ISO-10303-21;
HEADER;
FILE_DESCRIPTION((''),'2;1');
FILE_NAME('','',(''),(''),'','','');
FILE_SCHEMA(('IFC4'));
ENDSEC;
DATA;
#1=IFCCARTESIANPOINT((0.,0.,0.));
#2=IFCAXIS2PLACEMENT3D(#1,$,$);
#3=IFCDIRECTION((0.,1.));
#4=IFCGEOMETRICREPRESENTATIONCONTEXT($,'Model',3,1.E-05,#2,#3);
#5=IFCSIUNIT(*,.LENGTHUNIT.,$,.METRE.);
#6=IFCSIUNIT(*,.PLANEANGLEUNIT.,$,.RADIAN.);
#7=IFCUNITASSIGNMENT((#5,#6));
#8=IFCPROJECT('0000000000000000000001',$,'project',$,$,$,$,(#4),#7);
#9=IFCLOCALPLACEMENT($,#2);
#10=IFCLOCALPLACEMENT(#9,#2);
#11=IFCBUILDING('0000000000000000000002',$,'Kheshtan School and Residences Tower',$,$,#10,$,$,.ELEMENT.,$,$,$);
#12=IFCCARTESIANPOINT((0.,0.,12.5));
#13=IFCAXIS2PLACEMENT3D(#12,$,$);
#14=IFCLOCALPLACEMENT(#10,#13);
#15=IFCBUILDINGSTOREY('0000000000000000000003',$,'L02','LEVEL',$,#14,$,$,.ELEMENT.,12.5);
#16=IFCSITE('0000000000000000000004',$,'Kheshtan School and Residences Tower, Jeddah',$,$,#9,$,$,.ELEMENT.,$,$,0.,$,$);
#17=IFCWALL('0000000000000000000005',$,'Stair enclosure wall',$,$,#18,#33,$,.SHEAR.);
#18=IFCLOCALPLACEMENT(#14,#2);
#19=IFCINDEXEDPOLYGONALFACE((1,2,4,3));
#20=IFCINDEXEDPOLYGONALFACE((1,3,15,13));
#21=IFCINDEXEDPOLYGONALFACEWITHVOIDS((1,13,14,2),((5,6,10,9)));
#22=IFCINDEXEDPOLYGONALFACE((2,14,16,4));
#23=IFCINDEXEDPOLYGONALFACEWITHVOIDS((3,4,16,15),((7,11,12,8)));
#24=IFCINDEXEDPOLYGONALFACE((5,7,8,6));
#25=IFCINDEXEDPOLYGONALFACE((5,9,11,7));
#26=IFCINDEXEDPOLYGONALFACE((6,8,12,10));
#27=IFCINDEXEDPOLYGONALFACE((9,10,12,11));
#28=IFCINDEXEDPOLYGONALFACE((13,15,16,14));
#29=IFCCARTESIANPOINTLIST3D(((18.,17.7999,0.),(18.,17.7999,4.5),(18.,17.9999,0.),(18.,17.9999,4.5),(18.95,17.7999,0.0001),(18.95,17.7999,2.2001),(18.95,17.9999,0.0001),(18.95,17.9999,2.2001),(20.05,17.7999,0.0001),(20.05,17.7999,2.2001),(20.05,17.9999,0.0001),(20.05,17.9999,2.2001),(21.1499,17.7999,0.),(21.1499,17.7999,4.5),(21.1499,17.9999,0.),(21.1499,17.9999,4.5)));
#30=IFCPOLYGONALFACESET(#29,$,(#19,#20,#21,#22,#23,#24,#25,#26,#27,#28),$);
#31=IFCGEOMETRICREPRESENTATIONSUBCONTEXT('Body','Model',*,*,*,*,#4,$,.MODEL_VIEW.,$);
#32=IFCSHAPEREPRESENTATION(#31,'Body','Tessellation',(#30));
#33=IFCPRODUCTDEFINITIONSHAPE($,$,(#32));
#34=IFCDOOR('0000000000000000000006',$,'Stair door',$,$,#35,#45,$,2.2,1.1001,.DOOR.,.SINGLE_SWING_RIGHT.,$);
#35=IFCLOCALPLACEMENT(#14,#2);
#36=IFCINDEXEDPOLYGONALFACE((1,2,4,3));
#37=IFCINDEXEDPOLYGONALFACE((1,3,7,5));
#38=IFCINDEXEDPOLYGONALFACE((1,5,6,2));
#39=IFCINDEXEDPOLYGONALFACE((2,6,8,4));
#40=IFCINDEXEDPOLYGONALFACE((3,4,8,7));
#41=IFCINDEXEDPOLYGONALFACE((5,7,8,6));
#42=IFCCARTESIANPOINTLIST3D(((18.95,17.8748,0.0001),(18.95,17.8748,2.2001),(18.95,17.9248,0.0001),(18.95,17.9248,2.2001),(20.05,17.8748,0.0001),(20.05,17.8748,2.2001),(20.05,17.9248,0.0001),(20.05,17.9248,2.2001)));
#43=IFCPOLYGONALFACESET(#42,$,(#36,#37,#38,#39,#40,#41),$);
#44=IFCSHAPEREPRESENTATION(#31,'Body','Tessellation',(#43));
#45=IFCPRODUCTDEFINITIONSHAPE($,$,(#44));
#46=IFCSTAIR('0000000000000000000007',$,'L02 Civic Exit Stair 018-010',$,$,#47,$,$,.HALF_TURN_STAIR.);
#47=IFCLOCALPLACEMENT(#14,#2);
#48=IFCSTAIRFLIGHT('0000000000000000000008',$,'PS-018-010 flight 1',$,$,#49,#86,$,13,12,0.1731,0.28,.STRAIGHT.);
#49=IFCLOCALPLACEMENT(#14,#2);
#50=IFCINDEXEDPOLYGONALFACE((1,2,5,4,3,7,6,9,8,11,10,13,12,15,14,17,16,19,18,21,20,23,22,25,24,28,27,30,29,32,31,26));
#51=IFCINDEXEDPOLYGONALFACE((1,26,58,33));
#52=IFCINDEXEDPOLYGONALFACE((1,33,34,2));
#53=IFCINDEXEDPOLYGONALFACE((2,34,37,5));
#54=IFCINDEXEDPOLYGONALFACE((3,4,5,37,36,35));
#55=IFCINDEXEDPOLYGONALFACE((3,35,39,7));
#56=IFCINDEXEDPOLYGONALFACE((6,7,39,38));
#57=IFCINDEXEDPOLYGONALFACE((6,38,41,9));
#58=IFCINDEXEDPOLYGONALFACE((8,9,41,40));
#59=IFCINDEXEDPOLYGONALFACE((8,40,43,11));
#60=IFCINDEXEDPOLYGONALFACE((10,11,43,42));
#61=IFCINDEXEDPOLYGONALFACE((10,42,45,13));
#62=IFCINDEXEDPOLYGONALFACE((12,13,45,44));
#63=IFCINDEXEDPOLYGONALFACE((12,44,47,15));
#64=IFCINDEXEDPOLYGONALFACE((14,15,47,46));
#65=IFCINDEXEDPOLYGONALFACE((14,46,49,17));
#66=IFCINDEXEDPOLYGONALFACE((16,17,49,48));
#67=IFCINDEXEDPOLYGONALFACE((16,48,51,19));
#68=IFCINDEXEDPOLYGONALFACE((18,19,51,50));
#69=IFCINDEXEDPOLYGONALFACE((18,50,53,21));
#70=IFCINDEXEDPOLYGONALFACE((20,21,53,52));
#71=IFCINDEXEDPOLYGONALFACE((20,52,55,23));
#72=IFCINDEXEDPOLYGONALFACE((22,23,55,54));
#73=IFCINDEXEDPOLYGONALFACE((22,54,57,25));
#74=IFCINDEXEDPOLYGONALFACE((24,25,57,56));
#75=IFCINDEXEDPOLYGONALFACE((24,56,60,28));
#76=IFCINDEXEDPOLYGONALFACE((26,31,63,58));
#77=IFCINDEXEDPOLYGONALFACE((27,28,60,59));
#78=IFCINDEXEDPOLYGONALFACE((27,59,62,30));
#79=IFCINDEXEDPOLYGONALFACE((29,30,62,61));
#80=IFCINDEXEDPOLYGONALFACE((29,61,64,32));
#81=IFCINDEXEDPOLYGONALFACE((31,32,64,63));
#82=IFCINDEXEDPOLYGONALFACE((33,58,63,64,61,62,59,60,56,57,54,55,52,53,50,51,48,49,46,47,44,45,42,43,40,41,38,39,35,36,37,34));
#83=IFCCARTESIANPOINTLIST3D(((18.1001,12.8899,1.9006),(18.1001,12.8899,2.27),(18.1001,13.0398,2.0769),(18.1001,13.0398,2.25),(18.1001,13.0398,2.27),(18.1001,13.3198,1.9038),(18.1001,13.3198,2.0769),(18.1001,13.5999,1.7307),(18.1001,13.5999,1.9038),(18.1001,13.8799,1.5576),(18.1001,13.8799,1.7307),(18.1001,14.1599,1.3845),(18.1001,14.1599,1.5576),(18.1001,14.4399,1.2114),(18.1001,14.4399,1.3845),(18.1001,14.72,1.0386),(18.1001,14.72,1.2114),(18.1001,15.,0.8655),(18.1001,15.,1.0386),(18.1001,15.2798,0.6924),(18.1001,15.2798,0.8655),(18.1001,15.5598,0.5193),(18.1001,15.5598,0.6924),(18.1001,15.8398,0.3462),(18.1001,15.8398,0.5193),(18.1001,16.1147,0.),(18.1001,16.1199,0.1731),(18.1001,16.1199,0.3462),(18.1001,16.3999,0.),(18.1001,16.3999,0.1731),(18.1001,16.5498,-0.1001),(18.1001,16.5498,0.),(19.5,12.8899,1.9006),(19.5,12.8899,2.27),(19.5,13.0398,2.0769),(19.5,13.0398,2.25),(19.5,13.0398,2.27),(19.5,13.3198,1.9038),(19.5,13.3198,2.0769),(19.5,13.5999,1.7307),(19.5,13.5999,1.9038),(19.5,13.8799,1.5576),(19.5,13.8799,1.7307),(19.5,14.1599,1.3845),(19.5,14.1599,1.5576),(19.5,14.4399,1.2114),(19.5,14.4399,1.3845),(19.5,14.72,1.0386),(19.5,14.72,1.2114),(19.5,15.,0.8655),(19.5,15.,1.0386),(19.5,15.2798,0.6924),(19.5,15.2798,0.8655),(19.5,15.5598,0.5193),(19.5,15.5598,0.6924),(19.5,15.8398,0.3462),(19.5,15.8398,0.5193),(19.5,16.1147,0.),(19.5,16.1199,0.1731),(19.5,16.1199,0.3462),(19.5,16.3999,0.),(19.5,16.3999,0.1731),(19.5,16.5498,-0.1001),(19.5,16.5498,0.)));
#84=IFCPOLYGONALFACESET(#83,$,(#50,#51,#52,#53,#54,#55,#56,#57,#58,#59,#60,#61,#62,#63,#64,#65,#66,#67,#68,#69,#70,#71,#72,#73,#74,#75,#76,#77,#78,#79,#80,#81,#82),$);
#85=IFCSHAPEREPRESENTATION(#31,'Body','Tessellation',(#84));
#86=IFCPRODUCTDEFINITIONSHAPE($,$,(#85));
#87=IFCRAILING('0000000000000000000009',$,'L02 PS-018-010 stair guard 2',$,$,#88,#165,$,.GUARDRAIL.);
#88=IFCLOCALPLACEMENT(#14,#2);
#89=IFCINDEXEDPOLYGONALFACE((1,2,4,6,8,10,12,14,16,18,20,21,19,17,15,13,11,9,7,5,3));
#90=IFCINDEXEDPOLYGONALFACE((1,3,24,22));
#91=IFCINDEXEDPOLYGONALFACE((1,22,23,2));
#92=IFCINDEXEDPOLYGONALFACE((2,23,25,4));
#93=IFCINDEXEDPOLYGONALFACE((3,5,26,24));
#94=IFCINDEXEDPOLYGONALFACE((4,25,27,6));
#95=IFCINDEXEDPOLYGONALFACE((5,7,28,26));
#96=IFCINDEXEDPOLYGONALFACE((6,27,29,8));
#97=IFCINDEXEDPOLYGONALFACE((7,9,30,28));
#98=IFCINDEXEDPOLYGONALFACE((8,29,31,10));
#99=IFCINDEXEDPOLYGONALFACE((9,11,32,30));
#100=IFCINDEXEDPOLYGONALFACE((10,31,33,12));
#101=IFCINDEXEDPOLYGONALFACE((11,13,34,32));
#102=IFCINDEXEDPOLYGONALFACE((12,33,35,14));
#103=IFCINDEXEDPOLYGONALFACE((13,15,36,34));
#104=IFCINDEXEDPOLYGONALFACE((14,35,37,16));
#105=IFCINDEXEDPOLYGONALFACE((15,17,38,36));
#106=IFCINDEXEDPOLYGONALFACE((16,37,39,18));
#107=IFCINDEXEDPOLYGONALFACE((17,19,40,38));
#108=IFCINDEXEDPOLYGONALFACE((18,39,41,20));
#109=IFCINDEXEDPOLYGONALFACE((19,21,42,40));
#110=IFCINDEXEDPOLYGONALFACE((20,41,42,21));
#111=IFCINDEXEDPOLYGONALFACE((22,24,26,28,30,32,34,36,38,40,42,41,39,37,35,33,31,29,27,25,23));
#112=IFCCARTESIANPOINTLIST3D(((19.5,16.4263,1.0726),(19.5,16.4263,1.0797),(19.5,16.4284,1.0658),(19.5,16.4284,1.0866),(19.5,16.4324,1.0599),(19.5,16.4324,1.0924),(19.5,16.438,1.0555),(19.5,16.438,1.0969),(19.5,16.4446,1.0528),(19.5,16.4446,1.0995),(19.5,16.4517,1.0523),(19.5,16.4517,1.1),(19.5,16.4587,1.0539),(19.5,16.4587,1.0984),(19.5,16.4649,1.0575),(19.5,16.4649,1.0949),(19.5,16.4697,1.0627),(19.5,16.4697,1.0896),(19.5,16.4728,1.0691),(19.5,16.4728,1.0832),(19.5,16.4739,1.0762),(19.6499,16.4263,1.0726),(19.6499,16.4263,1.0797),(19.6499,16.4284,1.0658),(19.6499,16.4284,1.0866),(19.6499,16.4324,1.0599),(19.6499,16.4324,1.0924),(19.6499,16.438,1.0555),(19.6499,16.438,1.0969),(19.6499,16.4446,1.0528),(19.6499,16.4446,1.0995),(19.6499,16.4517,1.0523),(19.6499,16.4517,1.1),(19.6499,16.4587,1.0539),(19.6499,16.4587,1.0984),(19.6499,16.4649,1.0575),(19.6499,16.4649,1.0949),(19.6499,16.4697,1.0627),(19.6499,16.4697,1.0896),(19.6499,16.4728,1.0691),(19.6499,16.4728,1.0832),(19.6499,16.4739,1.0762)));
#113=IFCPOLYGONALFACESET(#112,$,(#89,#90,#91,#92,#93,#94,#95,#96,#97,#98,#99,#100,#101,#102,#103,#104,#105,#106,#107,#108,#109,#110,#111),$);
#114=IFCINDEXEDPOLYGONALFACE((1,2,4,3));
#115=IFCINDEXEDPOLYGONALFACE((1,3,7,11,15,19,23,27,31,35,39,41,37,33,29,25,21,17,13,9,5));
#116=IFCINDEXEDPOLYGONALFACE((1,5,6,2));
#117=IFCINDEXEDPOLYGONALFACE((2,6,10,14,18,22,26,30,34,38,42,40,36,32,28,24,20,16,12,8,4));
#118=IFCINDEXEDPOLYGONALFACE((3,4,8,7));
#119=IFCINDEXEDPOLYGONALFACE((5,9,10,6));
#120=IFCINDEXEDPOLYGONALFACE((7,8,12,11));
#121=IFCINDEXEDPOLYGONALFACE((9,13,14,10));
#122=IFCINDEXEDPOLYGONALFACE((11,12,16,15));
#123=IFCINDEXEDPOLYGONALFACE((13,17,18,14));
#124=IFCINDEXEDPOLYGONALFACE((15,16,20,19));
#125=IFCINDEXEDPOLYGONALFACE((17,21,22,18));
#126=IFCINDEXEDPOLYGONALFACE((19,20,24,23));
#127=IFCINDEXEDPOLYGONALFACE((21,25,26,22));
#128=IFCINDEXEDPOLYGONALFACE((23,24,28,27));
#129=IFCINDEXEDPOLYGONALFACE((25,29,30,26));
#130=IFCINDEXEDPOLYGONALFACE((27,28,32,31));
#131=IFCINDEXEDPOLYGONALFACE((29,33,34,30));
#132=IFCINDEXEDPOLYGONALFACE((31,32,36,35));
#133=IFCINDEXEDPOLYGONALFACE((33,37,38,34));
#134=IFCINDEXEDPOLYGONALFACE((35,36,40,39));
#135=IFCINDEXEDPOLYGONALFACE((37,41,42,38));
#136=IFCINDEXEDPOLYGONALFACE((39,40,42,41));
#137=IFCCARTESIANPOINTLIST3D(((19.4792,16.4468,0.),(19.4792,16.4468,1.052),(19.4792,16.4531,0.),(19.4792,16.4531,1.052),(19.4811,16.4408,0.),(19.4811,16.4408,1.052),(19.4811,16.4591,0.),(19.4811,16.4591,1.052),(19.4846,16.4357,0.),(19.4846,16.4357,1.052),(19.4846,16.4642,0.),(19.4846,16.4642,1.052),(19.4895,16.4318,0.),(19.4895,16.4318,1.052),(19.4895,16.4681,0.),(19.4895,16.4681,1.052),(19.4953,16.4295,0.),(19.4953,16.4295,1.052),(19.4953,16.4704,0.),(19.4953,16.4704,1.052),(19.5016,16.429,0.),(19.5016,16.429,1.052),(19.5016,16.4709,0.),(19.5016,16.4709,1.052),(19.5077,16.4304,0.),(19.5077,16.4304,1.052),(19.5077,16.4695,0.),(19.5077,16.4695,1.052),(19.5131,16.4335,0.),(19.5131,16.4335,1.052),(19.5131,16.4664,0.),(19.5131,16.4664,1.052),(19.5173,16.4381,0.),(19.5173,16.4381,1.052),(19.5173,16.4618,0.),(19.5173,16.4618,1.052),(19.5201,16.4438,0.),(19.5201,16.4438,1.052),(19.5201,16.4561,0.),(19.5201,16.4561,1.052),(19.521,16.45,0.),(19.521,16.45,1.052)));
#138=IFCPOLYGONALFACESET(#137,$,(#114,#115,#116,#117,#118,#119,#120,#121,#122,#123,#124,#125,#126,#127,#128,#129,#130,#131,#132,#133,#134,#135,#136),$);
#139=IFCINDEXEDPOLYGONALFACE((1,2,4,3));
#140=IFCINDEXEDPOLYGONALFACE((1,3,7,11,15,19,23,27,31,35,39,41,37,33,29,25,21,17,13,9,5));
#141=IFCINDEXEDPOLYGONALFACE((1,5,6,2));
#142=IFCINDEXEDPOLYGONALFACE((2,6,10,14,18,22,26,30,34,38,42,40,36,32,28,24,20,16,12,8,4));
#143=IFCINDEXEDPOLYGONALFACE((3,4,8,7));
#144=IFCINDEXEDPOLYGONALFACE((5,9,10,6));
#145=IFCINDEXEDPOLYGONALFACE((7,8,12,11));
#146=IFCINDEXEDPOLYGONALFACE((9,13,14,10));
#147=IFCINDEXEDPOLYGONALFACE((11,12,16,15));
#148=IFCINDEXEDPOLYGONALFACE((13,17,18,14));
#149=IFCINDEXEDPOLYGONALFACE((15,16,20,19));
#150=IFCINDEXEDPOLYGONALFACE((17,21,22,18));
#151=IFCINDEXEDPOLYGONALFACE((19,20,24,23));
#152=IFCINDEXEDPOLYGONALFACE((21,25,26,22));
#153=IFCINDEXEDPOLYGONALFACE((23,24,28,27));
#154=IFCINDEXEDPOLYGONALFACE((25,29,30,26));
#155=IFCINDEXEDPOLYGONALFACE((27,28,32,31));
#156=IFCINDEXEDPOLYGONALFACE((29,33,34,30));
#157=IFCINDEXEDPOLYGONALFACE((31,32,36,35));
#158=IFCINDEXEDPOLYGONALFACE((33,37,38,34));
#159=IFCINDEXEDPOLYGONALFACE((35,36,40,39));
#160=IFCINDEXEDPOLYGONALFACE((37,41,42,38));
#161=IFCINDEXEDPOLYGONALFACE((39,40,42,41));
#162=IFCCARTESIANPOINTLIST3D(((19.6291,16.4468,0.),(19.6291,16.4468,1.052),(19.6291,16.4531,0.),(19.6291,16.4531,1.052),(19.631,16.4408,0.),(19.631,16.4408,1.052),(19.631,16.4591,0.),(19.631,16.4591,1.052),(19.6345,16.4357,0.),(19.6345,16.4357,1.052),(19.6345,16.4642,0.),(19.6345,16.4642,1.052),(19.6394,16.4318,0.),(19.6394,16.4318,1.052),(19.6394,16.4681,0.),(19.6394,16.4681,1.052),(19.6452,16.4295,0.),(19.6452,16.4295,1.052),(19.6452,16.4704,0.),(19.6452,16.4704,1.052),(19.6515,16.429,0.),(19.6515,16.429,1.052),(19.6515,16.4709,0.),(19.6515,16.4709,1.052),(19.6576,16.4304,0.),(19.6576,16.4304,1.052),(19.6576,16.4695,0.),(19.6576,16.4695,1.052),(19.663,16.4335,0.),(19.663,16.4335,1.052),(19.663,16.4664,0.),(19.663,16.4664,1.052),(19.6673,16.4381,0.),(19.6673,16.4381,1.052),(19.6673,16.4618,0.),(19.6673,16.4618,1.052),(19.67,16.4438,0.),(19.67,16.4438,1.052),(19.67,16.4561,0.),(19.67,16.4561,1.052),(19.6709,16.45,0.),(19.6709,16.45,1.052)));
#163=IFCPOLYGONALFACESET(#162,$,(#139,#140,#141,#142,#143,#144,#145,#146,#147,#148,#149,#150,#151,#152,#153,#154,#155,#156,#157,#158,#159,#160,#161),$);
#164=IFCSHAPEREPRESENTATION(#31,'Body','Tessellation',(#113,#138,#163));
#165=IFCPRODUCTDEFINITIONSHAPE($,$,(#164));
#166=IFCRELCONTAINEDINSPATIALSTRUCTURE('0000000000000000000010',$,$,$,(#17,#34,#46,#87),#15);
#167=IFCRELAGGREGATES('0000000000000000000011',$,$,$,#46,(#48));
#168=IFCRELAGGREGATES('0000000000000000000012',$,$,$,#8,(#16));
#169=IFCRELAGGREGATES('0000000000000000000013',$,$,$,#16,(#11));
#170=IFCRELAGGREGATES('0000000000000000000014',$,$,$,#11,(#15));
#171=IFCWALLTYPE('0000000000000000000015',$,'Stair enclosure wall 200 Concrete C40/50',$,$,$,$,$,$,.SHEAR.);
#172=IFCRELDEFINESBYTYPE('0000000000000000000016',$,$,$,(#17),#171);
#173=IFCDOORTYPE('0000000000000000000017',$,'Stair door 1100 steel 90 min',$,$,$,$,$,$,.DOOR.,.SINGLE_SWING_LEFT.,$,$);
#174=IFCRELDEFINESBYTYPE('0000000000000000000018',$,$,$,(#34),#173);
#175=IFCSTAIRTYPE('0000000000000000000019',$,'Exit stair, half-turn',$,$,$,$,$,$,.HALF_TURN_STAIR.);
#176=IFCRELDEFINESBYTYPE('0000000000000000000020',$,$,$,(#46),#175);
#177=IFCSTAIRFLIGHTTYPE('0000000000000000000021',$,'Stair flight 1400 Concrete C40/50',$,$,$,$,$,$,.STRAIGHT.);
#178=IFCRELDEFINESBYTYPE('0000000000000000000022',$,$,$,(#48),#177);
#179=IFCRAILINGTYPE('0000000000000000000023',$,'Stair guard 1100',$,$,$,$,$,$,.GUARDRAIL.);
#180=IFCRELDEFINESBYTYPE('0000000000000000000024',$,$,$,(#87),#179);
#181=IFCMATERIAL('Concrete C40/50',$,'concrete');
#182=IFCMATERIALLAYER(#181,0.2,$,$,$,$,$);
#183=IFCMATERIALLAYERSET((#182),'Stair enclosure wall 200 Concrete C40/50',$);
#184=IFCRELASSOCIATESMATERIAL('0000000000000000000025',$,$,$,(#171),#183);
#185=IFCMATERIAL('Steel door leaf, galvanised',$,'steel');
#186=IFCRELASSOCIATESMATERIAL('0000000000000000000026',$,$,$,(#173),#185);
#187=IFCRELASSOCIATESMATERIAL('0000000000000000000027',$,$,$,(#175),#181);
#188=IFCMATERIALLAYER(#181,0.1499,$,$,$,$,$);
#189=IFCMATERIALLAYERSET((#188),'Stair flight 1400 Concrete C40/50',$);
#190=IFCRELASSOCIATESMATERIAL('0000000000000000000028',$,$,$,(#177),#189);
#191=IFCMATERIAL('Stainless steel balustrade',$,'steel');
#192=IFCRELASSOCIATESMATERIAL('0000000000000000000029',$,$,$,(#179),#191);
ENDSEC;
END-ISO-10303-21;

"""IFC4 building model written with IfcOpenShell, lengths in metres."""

from ifc_helpers import new_model, si_unit, direction, frame, frame_2d, origin, origin_2d, place, context, subcontext, project, spatial, polyline, rectangle, circle, outline, extrude, source, transform, mapped, material, layer, layer_set, type_object, element, fill, aggregate, save


model = new_model("IFC4")

# Units and contexts
model_context = context("Model", 3, precision=1e-05, world=origin(), true_north=direction((0.0, 1.0)))
body_context = subcontext(model_context, "Body", "Model", "MODEL_VIEW")
ifc_project = project(units=[si_unit("LENGTHUNIT", "METRE"), si_unit("PLANEANGLEUNIT", "RADIAN")], contexts=[model_context])

# Site, building, storey
site_placement = place(None, origin())
site = spatial("IfcSite", under=ifc_project, at=site_placement, Name="Kheshtan School and Residences Tower, Jeddah", CompositionType="ELEMENT", RefElevation=0.0)
building_placement = place(site_placement, origin())
building = spatial("IfcBuilding", under=site, at=building_placement, Name="Kheshtan School and Residences Tower", CompositionType="ELEMENT")
storey_placement = place(building_placement, frame((0.0, 0.0, 12.5)))
storey = spatial("IfcBuildingStorey", under=building, at=storey_placement, Name="L02", Description="LEVEL", CompositionType="ELEMENT", Elevation=12.5)

# Wall, opening, door
ifc_material_1 = material(Name="Concrete C40/50", Category="concrete")
ifc_layer_1 = layer(ifc_material_1, 0.2)
ifc_layer_set_1 = layer_set([ifc_layer_1], Name="Stair enclosure wall 200 Concrete C40/50")
wall_type_1 = type_object("IfcWallType", Name="Stair enclosure wall 200 Concrete C40/50", PredefinedType="SHEAR", material=ifc_layer_set_1)
wall_1_placement = place(storey_placement, frame((18.0, 17.8999, 0.0), z_axis=(0.0, 0.0, 1.0), x_axis=(1.0, 0.0, 0.0)))
wall_1 = element("IfcWall", 1, at=wall_1_placement, inside=storey, type_object=wall_type_1, Name="Stair enclosure wall", PredefinedType="SHEAR", context=body_context, shape_type="SweptSolid", body=[
    extrude(rectangle(XDim=3.1499, YDim=0.2, at=frame_2d((1.575, 0.0))), origin(), (0.0, 0.0, 1.0), 4.5),
])
opening_1_placement = place(wall_1_placement, frame((0.95, 0.0, 0.0)))
opening_1 = element("IfcOpeningElement", 2, at=opening_1_placement, cuts=wall_1, PredefinedType="OPENING", context=body_context, shape_type="SweptSolid", body=[
    extrude(rectangle(XDim=1.1001, YDim=2.2, at=frame_2d((0.55, 1.1001))), frame((0.0, 0.1099, 0.0), z_axis=(0.0, -1.0, 0.0), x_axis=(1.0, 0.0, 0.0)), (0.0, 0.0, 1.0), 0.22),
])
ifc_material_2 = material(Name="Steel door leaf, galvanised", Category="steel")
door_type_1 = type_object("IfcDoorType", Name="Stair door 1100 steel 90 min", OperationType="SINGLE_SWING_LEFT", PredefinedType="DOOR", material=ifc_material_2)
shared_shape_1 = source(origin(), body_context, "Body", "SweptSolid", [
    extrude(rectangle(XDim=1.1001, YDim=2.2, at=frame_2d((0.55, 1.1001))), frame((0.0, 0.0249, 0.0), z_axis=(0.0, -1.0, 0.0), x_axis=(1.0, 0.0, 0.0)), (0.0, 0.0, 1.0), 0.05),
])
door_1_placement = place(opening_1_placement, origin())
door_1 = element("IfcDoor", 3, at=door_1_placement, inside=storey, type_object=door_type_1, Name="Stair door", OperationType="SINGLE_SWING_RIGHT", OverallHeight=2.2, OverallWidth=1.1001, PredefinedType="DOOR", context=body_context, shape_type="MappedRepresentation", body=[
    mapped(shared_shape_1, transform((0.0, 0.0, 0.0), x_axis=(1.0, 0.0, 0.0), y_axis=(0.0, 1.0, 0.0), z_axis=(0.0, 0.0, 1.0), scale=1.0)),
])
fill(opening_1, door_1)

# Stair, stair flight
stair_type = type_object("IfcStairType", Name="Exit stair, half-turn", PredefinedType="HALF_TURN_STAIR", material=ifc_material_1)
stair_placement = place(storey_placement, origin())
stair = element("IfcStair", 4, at=stair_placement, inside=storey, type_object=stair_type, Name="L02 Civic Exit Stair 018-010", PredefinedType="HALF_TURN_STAIR")
ifc_layer_2 = layer(ifc_material_1, 0.1499)
ifc_layer_set_2 = layer_set([ifc_layer_2], Name="Stair flight 1400 Concrete C40/50")
stair_flight_type = type_object("IfcStairFlightType", Name="Stair flight 1400 Concrete C40/50", PredefinedType="STRAIGHT", material=ifc_layer_set_2)
stair_flight_placement = place(storey_placement, frame((18.8, 16.3999, 0.0), z_axis=(0.0, 0.0, 1.0), x_axis=(0.0, -1.0, 0.0)))
stair_flight = element("IfcStairFlight", 5, at=stair_flight_placement, type_object=stair_flight_type, Name="PS-018-010 flight 1", NumberOfRisers=13, NumberOfTreads=12, PredefinedType="STRAIGHT", RiserHeight=0.1731, TreadLength=0.28, context=body_context, shape_type="SweptSolid", body=[
    extrude(outline(polyline([(-0.1499, -0.1001), (-0.1499, 0.0), (0.0, 0.0), (0.0, 0.1731), (0.28, 0.1731), (0.28, 0.3462), (0.5601, 0.3462), (0.5601, 0.5193), (0.8401, 0.5193), (0.8401, 0.6924), (1.1201, 0.6924), (1.1201, 0.8655), (1.3999, 0.8655), (1.3999, 1.0386), (1.6799, 1.0386), (1.6799, 1.2114), (1.96, 1.2114), (1.96, 1.3845), (2.24, 1.3845), (2.24, 1.5576), (2.52, 1.5576), (2.52, 1.7307), (2.8, 1.7307), (2.8, 1.9038), (3.0801, 1.9038), (3.0801, 2.0769), (3.3601, 2.0769), (3.3601, 2.25), (3.3601, 2.27), (3.51, 2.27), (3.51, 1.9006), (0.2852, 0.0), (-0.1499, -0.1001)])), frame((0.0, 0.7, 0.0), z_axis=(0.0, -1.0, 0.0), x_axis=(1.0, 0.0, 0.0)), (0.0, 0.0, 1.0), 1.3999),
])
aggregate(stair, [stair_flight])

# Railing
ifc_material_3 = material(Name="Stainless steel balustrade", Category="steel")
railing_type_1 = type_object("IfcRailingType", Name="Stair guard 1100", PredefinedType="GUARDRAIL", material=ifc_material_3)
railing_1_placement = place(storey_placement, frame((19.5, 16.45, 0.0)))
element("IfcRailing", 6, at=railing_1_placement, inside=storey, type_object=railing_type_1, Name="L02 PS-018-010 stair guard 2", PredefinedType="GUARDRAIL", context=body_context, shape_type="SweptSolid", body=[
    extrude(circle(Radius=0.0239, at=origin_2d()), frame((0.0, 0.0, 1.0762), z_axis=(1.0, 0.0, 0.0), x_axis=(0.0, 1.0, 0.0)), (0.0, 0.0, 1.0), 0.1499),
    extrude(circle(Radius=0.021, at=origin_2d()), origin(), (0.0, 0.0, 1.0), 1.052),
    extrude(circle(Radius=0.021, at=origin_2d()), frame((0.1499, 0.0, 0.0)), (0.0, 0.0, 1.0), 1.052),
])

save(model, "model.ifc")
